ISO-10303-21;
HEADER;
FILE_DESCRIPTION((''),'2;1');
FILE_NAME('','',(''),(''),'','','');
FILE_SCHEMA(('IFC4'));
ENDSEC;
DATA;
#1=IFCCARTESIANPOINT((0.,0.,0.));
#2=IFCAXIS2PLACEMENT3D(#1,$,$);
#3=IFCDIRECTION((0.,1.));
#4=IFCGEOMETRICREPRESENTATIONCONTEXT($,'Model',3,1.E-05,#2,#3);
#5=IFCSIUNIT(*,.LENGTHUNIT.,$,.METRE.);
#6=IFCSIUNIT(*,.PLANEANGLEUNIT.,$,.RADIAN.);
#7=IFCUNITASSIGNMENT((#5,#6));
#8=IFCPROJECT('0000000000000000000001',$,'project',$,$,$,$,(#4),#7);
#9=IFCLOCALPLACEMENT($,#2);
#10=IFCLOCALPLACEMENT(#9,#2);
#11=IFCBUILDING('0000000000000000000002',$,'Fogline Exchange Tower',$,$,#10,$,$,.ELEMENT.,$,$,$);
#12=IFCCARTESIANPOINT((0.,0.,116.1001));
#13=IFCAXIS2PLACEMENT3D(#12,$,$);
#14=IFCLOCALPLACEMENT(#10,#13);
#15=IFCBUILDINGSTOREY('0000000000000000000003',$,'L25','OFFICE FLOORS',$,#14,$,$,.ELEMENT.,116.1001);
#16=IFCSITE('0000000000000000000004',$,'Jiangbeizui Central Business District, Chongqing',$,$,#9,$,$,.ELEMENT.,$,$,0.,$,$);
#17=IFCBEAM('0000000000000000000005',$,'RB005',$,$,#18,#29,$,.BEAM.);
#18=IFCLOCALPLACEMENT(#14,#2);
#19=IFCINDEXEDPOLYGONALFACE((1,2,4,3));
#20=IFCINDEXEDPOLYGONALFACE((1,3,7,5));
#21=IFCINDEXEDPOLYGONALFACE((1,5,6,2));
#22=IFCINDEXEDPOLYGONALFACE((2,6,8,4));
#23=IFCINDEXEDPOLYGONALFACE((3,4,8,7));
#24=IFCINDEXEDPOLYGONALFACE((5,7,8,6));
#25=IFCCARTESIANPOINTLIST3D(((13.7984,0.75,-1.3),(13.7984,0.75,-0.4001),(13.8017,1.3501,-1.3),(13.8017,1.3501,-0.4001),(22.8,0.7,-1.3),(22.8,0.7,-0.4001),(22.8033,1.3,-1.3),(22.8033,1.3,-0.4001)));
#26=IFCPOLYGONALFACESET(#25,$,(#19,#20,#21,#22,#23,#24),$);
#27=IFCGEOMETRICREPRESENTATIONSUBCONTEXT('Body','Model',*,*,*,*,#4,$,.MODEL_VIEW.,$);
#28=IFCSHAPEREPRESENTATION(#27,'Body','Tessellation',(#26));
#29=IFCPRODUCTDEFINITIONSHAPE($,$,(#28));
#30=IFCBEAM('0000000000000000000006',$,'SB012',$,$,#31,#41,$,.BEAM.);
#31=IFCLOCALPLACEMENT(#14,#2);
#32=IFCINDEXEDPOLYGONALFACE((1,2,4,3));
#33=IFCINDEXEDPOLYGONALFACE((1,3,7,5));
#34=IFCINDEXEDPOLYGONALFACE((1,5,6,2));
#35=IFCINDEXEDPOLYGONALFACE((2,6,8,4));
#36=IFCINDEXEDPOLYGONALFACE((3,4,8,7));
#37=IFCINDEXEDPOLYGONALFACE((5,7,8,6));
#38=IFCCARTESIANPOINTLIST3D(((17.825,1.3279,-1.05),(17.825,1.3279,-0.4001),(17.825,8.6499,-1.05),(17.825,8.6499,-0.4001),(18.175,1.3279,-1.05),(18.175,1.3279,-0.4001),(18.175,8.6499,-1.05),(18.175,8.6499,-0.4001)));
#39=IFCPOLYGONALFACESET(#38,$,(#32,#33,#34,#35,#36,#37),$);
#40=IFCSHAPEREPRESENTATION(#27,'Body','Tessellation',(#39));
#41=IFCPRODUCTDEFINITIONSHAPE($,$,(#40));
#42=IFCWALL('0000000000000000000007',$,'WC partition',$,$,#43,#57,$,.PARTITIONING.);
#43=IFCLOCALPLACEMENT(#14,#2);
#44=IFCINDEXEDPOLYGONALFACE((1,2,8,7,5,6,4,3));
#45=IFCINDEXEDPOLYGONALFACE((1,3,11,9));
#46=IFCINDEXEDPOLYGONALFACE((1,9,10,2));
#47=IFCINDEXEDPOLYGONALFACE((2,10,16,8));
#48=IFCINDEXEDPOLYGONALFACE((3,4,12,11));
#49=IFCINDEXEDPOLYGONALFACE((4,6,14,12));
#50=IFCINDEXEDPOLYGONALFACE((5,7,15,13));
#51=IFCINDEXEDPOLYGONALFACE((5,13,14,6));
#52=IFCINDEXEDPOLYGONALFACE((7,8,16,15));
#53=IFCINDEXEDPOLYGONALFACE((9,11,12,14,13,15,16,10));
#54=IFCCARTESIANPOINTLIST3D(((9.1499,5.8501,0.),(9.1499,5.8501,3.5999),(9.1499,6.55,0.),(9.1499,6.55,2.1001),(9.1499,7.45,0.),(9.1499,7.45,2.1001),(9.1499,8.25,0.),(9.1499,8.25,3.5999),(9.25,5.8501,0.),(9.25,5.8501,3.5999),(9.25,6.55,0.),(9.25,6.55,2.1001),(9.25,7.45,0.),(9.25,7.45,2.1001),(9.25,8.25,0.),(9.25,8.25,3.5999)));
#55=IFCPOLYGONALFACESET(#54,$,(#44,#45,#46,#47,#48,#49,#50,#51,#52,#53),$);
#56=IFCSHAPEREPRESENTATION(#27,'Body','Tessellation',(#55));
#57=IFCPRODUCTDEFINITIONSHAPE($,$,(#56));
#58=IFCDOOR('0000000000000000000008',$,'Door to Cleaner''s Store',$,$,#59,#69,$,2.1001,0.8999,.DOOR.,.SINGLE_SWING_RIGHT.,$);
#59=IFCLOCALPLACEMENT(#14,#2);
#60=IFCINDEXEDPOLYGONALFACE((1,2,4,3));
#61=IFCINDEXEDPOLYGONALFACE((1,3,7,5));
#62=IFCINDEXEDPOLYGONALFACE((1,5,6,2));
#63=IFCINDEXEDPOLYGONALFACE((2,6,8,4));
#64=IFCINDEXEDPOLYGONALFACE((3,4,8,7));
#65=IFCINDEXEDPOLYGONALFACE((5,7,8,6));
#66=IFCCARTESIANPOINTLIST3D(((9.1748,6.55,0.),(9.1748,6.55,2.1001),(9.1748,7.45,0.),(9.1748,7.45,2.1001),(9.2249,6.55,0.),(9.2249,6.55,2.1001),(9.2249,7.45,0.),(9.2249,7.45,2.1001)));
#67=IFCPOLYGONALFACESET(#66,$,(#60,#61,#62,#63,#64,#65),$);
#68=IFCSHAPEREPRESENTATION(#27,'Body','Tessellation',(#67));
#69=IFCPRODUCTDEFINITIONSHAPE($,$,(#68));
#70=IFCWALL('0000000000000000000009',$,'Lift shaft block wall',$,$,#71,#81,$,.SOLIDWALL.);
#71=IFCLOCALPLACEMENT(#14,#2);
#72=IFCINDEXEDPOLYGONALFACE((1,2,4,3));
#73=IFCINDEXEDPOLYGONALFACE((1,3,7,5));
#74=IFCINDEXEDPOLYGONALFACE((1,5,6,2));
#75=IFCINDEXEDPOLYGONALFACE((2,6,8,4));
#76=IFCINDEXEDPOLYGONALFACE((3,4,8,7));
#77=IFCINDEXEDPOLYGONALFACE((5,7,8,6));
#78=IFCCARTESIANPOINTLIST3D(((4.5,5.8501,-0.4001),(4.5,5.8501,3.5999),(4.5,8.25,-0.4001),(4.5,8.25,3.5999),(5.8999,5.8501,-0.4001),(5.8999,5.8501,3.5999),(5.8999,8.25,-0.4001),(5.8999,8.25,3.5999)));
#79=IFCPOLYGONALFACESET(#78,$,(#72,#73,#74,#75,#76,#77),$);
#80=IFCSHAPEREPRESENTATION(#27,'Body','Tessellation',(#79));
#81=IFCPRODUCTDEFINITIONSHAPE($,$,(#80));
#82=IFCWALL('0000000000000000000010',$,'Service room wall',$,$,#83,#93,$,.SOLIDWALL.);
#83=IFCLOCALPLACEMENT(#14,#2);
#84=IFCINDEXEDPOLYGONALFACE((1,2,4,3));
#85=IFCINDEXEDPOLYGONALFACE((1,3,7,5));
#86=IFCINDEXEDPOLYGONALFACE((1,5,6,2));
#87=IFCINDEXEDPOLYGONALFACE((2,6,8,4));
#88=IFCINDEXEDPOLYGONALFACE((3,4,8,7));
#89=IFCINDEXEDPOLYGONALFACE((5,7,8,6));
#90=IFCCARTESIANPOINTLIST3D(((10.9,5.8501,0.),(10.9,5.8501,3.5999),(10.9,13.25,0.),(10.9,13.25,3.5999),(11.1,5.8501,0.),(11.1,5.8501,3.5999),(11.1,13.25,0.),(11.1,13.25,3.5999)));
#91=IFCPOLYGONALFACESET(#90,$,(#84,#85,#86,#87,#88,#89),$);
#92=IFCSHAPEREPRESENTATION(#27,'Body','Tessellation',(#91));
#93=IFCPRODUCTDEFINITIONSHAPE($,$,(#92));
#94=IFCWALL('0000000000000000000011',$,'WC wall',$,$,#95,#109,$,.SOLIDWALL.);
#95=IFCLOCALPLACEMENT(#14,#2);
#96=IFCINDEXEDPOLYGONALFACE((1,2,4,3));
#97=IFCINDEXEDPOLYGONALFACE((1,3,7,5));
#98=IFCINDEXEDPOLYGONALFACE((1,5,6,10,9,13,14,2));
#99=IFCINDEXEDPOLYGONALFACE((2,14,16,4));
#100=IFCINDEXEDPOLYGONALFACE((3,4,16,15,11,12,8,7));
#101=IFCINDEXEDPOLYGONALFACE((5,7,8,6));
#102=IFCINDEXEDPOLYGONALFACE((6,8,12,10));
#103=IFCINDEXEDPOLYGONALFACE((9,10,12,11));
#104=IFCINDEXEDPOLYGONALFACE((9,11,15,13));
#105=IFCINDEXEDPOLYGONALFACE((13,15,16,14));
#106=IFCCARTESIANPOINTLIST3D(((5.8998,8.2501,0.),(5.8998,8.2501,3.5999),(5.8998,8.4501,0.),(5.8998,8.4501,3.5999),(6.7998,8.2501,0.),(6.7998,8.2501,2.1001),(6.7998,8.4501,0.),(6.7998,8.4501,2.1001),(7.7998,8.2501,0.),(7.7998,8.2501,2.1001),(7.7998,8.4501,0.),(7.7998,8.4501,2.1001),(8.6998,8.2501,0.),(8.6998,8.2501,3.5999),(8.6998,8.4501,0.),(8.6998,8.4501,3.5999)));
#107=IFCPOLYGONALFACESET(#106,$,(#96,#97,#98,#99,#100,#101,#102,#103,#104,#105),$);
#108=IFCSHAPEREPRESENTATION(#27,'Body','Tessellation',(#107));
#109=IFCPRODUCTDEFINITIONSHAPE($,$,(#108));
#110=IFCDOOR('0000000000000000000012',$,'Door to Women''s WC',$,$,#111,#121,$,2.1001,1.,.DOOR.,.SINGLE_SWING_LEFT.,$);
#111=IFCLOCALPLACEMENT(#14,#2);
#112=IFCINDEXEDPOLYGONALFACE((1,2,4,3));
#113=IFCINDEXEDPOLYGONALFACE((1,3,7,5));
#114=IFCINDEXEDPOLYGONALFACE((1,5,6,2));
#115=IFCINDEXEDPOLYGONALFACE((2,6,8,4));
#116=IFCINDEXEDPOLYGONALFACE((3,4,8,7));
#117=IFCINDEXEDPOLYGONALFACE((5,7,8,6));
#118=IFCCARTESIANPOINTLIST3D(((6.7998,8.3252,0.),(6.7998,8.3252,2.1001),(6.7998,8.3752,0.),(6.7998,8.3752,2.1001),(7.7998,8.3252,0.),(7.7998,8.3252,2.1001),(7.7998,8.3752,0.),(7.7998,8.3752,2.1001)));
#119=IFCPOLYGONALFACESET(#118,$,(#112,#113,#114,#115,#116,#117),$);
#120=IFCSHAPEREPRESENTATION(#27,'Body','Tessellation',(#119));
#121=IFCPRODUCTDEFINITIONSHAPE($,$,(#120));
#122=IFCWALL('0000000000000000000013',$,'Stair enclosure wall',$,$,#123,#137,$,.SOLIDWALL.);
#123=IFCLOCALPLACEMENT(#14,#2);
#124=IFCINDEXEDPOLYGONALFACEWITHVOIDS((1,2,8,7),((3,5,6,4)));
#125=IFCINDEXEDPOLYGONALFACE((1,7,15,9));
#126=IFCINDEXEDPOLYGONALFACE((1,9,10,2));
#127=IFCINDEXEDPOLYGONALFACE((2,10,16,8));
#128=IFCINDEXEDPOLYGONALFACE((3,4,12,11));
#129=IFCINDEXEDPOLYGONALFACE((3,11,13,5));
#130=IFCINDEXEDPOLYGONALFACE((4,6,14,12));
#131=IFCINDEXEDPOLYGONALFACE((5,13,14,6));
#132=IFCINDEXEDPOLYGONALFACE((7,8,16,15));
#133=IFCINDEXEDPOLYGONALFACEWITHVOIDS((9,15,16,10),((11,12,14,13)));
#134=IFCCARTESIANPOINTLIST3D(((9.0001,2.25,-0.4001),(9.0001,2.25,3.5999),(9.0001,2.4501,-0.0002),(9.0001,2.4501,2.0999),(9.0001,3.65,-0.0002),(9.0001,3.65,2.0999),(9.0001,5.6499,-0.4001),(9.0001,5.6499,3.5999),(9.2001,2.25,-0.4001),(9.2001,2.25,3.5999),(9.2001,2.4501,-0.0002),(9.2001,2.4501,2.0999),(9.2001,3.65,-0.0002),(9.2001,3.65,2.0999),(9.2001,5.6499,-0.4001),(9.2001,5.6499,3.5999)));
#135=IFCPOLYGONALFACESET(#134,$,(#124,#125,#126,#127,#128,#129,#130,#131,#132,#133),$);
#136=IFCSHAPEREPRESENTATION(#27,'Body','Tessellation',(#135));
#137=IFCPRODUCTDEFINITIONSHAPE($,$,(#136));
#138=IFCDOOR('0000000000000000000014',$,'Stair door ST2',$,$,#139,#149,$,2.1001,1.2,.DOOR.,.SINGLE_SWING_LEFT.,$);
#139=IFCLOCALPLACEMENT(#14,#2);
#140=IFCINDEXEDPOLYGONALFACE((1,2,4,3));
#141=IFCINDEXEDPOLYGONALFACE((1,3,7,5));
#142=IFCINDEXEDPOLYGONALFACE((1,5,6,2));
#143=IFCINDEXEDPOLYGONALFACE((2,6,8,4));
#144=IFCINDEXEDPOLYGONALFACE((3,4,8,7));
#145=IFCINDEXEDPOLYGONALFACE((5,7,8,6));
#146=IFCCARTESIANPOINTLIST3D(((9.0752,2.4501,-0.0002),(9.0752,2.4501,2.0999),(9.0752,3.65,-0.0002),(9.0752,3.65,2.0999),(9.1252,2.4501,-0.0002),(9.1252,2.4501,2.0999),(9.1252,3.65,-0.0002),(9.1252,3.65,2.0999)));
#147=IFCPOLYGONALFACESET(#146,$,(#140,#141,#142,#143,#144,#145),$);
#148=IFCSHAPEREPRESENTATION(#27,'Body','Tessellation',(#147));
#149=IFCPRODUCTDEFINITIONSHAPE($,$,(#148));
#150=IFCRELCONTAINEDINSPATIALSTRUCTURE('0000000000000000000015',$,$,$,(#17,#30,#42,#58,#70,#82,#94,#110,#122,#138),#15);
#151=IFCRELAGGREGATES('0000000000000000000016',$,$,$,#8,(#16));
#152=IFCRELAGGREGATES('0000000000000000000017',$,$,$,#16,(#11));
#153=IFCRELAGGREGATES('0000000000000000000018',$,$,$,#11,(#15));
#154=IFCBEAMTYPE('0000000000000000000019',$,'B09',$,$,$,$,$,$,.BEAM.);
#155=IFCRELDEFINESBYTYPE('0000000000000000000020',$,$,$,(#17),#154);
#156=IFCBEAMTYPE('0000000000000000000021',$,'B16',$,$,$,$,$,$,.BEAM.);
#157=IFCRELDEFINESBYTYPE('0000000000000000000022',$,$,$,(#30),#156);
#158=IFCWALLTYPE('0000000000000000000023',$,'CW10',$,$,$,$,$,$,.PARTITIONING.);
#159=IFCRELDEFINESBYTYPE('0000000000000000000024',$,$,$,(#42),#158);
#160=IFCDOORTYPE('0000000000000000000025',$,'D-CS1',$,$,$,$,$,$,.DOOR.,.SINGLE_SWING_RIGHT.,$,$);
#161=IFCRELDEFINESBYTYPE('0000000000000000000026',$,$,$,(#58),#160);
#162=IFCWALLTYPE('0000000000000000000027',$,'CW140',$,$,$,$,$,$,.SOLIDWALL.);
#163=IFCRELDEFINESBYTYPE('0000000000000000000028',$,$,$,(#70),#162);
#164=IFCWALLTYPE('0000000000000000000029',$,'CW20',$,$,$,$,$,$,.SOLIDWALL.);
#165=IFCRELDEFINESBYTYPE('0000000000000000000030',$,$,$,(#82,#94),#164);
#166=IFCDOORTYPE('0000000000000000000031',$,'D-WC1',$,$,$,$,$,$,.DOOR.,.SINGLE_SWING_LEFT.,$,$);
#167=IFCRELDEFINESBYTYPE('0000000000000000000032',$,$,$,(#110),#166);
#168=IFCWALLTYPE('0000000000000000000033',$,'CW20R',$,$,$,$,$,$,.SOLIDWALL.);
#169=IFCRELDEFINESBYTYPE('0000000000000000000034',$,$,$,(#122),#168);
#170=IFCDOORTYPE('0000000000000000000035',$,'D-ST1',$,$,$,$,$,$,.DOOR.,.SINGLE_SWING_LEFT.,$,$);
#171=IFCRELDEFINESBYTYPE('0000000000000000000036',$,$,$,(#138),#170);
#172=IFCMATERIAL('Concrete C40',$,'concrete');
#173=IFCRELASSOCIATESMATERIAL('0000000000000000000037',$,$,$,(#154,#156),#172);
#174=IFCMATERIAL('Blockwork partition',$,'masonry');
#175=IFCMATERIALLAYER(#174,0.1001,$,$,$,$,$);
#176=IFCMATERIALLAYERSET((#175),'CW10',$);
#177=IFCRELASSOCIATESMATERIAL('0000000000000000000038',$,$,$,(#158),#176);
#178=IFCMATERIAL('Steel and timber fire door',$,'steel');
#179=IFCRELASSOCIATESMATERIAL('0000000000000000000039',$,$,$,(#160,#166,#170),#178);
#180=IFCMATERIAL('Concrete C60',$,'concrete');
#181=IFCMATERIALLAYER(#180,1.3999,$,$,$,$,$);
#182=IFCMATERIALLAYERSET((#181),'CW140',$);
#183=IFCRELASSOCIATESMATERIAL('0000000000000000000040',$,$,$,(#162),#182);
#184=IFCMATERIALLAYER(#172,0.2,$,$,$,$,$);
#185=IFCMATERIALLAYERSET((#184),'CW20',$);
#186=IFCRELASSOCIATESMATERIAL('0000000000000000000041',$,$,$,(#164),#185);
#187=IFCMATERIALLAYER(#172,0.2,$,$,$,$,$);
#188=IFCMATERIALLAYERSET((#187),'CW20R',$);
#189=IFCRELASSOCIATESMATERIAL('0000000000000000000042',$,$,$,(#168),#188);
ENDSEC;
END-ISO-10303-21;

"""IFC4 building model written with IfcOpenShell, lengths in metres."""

from ifc_helpers import new_model, si_unit, direction, frame, frame_2d, origin, origin_2d, place, context, subcontext, project, spatial, rectangle, extrude, material, layer, layer_set, material_profile, profile_set, type_object, element, fill, save


model = new_model("IFC4")

# Units and contexts
model_context = context("Model", 3, precision=1e-05, world=origin(), true_north=direction((0.0, 1.0)))
body_context = subcontext(model_context, "Body", "Model", "MODEL_VIEW")
ifc_project = project(units=[si_unit("LENGTHUNIT", "METRE"), si_unit("PLANEANGLEUNIT", "RADIAN")], contexts=[model_context])

# Site, building, storey
site_placement = place(None, origin())
site = spatial("IfcSite", under=ifc_project, at=site_placement, Name="Jiangbeizui Central Business District, Chongqing", CompositionType="ELEMENT", RefElevation=0.0)
building_placement = place(site_placement, origin())
building = spatial("IfcBuilding", under=site, at=building_placement, Name="Fogline Exchange Tower", CompositionType="ELEMENT")
storey_placement = place(building_placement, frame((0.0, 0.0, 116.1001)))
storey = spatial("IfcBuildingStorey", under=building, at=storey_placement, Name="L25", Description="OFFICE FLOORS", CompositionType="ELEMENT", Elevation=116.1001)

# Beams
ifc_material_1 = material(Name="Concrete C40", Category="concrete")
ifc_material_profile_1 = material_profile(ifc_material_1, rectangle(XDim=0.6001, YDim=0.8999, at=origin_2d()), Name="RC 600x900")
ifc_profile_set_1 = profile_set([ifc_material_profile_1], Name="Concrete C40")
beam_type_1 = type_object("IfcBeamType", Name="B09", PredefinedType="BEAM", material=ifc_profile_set_1)
beam_1_placement = place(storey_placement, frame((13.8, 1.05, -0.8501), z_axis=(0.999985, -0.00556, 0.0), x_axis=(0.00556, 0.999985, 0.0)))
element("IfcBeam", 1, at=beam_1_placement, inside=storey, type_object=beam_type_1, Name="RB005", PredefinedType="BEAM", context=body_context, shape_type="SweptSolid", body=[
    extrude(rectangle(XDim=0.6001, YDim=0.8999, at=origin_2d()), origin(), (0.0, 0.0, 1.0), 9.0017),
])
ifc_material_profile_2 = material_profile(ifc_material_1, rectangle(XDim=0.3501, YDim=0.6499, at=origin_2d()), Name="RC 350x650")
ifc_profile_set_2 = profile_set([ifc_material_profile_2], Name="Concrete C40")
beam_type_2 = type_object("IfcBeamType", Name="B16", PredefinedType="BEAM", material=ifc_profile_set_2)
beam_2_placement = place(storey_placement, frame((18.0, 1.3279, -0.7251), z_axis=(0.0, 1.0, 0.0), x_axis=(-1.0, 0.0, 0.0)))
element("IfcBeam", 2, at=beam_2_placement, inside=storey, type_object=beam_type_2, Name="SB012", PredefinedType="BEAM", context=body_context, shape_type="SweptSolid", body=[
    extrude(rectangle(XDim=0.3501, YDim=0.6499, at=origin_2d()), origin(), (0.0, 0.0, 1.0), 7.322),
])

# Wall, opening, door
ifc_material_2 = material(Name="Blockwork partition", Category="masonry")
ifc_layer_1 = layer(ifc_material_2, 0.1001)
ifc_layer_set_1 = layer_set([ifc_layer_1], Name="CW10")
wall_type_1 = type_object("IfcWallType", Name="CW10", PredefinedType="PARTITIONING", material=ifc_layer_set_1)
wall_1_placement = place(storey_placement, frame((9.2, 5.8501, 0.0), z_axis=(0.0, 0.0, 1.0), x_axis=(0.0, 1.0, 0.0)))
wall_1 = element("IfcWall", 3, at=wall_1_placement, inside=storey, type_object=wall_type_1, Name="WC partition", PredefinedType="PARTITIONING", context=body_context, shape_type="SweptSolid", body=[
    extrude(rectangle(XDim=2.3999, YDim=0.1001, at=frame_2d((1.2, 0.0))), origin(), (0.0, 0.0, 1.0), 3.5999),
])
opening_1_placement = place(wall_1_placement, frame((0.7, 0.0, 0.0)))
opening_1 = element("IfcOpeningElement", 4, at=opening_1_placement, cuts=wall_1, PredefinedType="OPENING", context=body_context, shape_type="SweptSolid", body=[
    extrude(rectangle(XDim=0.8999, YDim=2.1001, at=frame_2d((0.45, 1.05))), frame((0.0, 0.0601, 0.0), z_axis=(0.0, -1.0, 0.0), x_axis=(1.0, 0.0, 0.0)), (0.0, 0.0, 1.0), 0.1201),
])
ifc_material_3 = material(Name="Steel and timber fire door", Category="steel")
door_type_1 = type_object("IfcDoorType", Name="D-CS1", OperationType="SINGLE_SWING_RIGHT", PredefinedType="DOOR", material=ifc_material_3)
door_1_placement = place(opening_1_placement, frame((0.8999, 0.0, 0.0), z_axis=(0.0, 0.0, 1.0), x_axis=(-1.0, 0.0, 0.0)))
door_1 = element("IfcDoor", 5, at=door_1_placement, inside=storey, type_object=door_type_1, Name="Door to Cleaner's Store", OperationType="SINGLE_SWING_RIGHT", OverallHeight=2.1001, OverallWidth=0.8999, PredefinedType="DOOR", context=body_context, shape_type="SweptSolid", body=[
    extrude(rectangle(XDim=0.8999, YDim=2.1001, at=frame_2d((0.45, 1.05))), frame((0.0, 0.0249, 0.0), z_axis=(0.0, -1.0, 0.0), x_axis=(1.0, 0.0, 0.0)), (0.0, 0.0, 1.0), 0.05),
])
fill(opening_1, door_1)

# Walls
ifc_material_4 = material(Name="Concrete C60", Category="concrete")
ifc_layer_2 = layer(ifc_material_4, 1.3999)
ifc_layer_set_2 = layer_set([ifc_layer_2], Name="CW140")
wall_type_2 = type_object("IfcWallType", Name="CW140", PredefinedType="SOLIDWALL", material=ifc_layer_set_2)
wall_2_placement = place(storey_placement, frame((5.2, 5.8501, -0.4001), z_axis=(0.0, 0.0, 1.0), x_axis=(0.0, 1.0, 0.0)))
element("IfcWall", 6, at=wall_2_placement, inside=storey, type_object=wall_type_2, Name="Lift shaft block wall", PredefinedType="SOLIDWALL", context=body_context, shape_type="SweptSolid", body=[
    extrude(rectangle(XDim=2.3999, YDim=1.3999, at=frame_2d((1.2, 0.0))), origin(), (0.0, 0.0, 1.0), 4.0),
])
ifc_layer_3 = layer(ifc_material_1, 0.2)
ifc_layer_set_3 = layer_set([ifc_layer_3], Name="CW20")
wall_type_3 = type_object("IfcWallType", Name="CW20", PredefinedType="SOLIDWALL", material=ifc_layer_set_3)
wall_3_placement = place(storey_placement, frame((11.0, 5.8501, 0.0), z_axis=(0.0, 0.0, 1.0), x_axis=(0.0, 1.0, 0.0)))
element("IfcWall", 7, at=wall_3_placement, inside=storey, type_object=wall_type_3, Name="Service room wall", PredefinedType="SOLIDWALL", context=body_context, shape_type="SweptSolid", body=[
    extrude(rectangle(XDim=7.3999, YDim=0.2, at=frame_2d((3.7, 0.0))), origin(), (0.0, 0.0, 1.0), 3.5999),
])

# Walls, openings, doors
wall_4_placement = place(storey_placement, frame((5.8999, 8.3501, 0.0), z_axis=(0.0, 0.0, 1.0), x_axis=(1.0, 0.0, 0.0)))
wall_4 = element("IfcWall", 8, at=wall_4_placement, inside=storey, type_object=wall_type_3, Name="WC wall", PredefinedType="SOLIDWALL", context=body_context, shape_type="SweptSolid", body=[
    extrude(rectangle(XDim=2.8, YDim=0.2, at=frame_2d((1.3999, 0.0))), origin(), (0.0, 0.0, 1.0), 3.5999),
])
opening_2_placement = place(wall_4_placement, frame((0.8999, 0.0, 0.0)))
opening_2 = element("IfcOpeningElement", 9, at=opening_2_placement, cuts=wall_4, PredefinedType="OPENING", context=body_context, shape_type="SweptSolid", body=[
    extrude(rectangle(XDim=1.0, YDim=2.1001, at=frame_2d((0.5, 1.05))), frame((0.0, 0.1099, 0.0), z_axis=(0.0, -1.0, 0.0), x_axis=(1.0, 0.0, 0.0)), (0.0, 0.0, 1.0), 0.22),
])
door_type_2 = type_object("IfcDoorType", Name="D-WC1", OperationType="SINGLE_SWING_LEFT", PredefinedType="DOOR", material=ifc_material_3)
door_2_placement = place(opening_2_placement, frame((1.0, 0.0, 0.0), z_axis=(0.0, 0.0, 1.0), x_axis=(-1.0, 0.0, 0.0)))
door_2 = element("IfcDoor", 10, at=door_2_placement, inside=storey, type_object=door_type_2, Name="Door to Women's WC", OperationType="SINGLE_SWING_LEFT", OverallHeight=2.1001, OverallWidth=1.0, PredefinedType="DOOR", context=body_context, shape_type="SweptSolid", body=[
    extrude(rectangle(XDim=1.0, YDim=2.1001, at=frame_2d((0.5, 1.05))), frame((0.0, 0.0249, 0.0), z_axis=(0.0, -1.0, 0.0), x_axis=(1.0, 0.0, 0.0)), (0.0, 0.0, 1.0), 0.05),
])
fill(opening_2, door_2)
ifc_layer_4 = layer(ifc_material_1, 0.2)
ifc_layer_set_4 = layer_set([ifc_layer_4], Name="CW20R")
wall_type_4 = type_object("IfcWallType", Name="CW20R", PredefinedType="SOLIDWALL", material=ifc_layer_set_4)
wall_5_placement = place(storey_placement, frame((9.1001, 2.25, -0.4001), z_axis=(0.0, 0.0, 1.0), x_axis=(0.0, 1.0, 0.0)))
wall_5 = element("IfcWall", 11, at=wall_5_placement, inside=storey, type_object=wall_type_4, Name="Stair enclosure wall", PredefinedType="SOLIDWALL", context=body_context, shape_type="SweptSolid", body=[
    extrude(rectangle(XDim=3.3999, YDim=0.2, at=frame_2d((1.7, 0.0))), origin(), (0.0, 0.0, 1.0), 4.0),
])
opening_3_placement = place(wall_5_placement, frame((0.2, 0.0, 0.3999)))
opening_3 = element("IfcOpeningElement", 12, at=opening_3_placement, cuts=wall_5, PredefinedType="OPENING", context=body_context, shape_type="SweptSolid", body=[
    extrude(rectangle(XDim=1.2, YDim=2.1001, at=frame_2d((0.6001, 1.05))), frame((0.0, 0.1099, 0.0), z_axis=(0.0, -1.0, 0.0), x_axis=(1.0, 0.0, 0.0)), (0.0, 0.0, 1.0), 0.22),
])
door_type_3 = type_object("IfcDoorType", Name="D-ST1", OperationType="SINGLE_SWING_LEFT", PredefinedType="DOOR", material=ifc_material_3)
door_3_placement = place(opening_3_placement, origin())
door_3 = element("IfcDoor", 13, at=door_3_placement, inside=storey, type_object=door_type_3, Name="Stair door ST2", OperationType="SINGLE_SWING_LEFT", OverallHeight=2.1001, OverallWidth=1.2, PredefinedType="DOOR", context=body_context, shape_type="SweptSolid", body=[
    extrude(rectangle(XDim=1.2, YDim=2.1001, at=frame_2d((0.6001, 1.05))), frame((0.0, 0.0249, 0.0), z_axis=(0.0, -1.0, 0.0), x_axis=(1.0, 0.0, 0.0)), (0.0, 0.0, 1.0), 0.05),
])
fill(opening_3, door_3)

save(model, "model.ifc")
